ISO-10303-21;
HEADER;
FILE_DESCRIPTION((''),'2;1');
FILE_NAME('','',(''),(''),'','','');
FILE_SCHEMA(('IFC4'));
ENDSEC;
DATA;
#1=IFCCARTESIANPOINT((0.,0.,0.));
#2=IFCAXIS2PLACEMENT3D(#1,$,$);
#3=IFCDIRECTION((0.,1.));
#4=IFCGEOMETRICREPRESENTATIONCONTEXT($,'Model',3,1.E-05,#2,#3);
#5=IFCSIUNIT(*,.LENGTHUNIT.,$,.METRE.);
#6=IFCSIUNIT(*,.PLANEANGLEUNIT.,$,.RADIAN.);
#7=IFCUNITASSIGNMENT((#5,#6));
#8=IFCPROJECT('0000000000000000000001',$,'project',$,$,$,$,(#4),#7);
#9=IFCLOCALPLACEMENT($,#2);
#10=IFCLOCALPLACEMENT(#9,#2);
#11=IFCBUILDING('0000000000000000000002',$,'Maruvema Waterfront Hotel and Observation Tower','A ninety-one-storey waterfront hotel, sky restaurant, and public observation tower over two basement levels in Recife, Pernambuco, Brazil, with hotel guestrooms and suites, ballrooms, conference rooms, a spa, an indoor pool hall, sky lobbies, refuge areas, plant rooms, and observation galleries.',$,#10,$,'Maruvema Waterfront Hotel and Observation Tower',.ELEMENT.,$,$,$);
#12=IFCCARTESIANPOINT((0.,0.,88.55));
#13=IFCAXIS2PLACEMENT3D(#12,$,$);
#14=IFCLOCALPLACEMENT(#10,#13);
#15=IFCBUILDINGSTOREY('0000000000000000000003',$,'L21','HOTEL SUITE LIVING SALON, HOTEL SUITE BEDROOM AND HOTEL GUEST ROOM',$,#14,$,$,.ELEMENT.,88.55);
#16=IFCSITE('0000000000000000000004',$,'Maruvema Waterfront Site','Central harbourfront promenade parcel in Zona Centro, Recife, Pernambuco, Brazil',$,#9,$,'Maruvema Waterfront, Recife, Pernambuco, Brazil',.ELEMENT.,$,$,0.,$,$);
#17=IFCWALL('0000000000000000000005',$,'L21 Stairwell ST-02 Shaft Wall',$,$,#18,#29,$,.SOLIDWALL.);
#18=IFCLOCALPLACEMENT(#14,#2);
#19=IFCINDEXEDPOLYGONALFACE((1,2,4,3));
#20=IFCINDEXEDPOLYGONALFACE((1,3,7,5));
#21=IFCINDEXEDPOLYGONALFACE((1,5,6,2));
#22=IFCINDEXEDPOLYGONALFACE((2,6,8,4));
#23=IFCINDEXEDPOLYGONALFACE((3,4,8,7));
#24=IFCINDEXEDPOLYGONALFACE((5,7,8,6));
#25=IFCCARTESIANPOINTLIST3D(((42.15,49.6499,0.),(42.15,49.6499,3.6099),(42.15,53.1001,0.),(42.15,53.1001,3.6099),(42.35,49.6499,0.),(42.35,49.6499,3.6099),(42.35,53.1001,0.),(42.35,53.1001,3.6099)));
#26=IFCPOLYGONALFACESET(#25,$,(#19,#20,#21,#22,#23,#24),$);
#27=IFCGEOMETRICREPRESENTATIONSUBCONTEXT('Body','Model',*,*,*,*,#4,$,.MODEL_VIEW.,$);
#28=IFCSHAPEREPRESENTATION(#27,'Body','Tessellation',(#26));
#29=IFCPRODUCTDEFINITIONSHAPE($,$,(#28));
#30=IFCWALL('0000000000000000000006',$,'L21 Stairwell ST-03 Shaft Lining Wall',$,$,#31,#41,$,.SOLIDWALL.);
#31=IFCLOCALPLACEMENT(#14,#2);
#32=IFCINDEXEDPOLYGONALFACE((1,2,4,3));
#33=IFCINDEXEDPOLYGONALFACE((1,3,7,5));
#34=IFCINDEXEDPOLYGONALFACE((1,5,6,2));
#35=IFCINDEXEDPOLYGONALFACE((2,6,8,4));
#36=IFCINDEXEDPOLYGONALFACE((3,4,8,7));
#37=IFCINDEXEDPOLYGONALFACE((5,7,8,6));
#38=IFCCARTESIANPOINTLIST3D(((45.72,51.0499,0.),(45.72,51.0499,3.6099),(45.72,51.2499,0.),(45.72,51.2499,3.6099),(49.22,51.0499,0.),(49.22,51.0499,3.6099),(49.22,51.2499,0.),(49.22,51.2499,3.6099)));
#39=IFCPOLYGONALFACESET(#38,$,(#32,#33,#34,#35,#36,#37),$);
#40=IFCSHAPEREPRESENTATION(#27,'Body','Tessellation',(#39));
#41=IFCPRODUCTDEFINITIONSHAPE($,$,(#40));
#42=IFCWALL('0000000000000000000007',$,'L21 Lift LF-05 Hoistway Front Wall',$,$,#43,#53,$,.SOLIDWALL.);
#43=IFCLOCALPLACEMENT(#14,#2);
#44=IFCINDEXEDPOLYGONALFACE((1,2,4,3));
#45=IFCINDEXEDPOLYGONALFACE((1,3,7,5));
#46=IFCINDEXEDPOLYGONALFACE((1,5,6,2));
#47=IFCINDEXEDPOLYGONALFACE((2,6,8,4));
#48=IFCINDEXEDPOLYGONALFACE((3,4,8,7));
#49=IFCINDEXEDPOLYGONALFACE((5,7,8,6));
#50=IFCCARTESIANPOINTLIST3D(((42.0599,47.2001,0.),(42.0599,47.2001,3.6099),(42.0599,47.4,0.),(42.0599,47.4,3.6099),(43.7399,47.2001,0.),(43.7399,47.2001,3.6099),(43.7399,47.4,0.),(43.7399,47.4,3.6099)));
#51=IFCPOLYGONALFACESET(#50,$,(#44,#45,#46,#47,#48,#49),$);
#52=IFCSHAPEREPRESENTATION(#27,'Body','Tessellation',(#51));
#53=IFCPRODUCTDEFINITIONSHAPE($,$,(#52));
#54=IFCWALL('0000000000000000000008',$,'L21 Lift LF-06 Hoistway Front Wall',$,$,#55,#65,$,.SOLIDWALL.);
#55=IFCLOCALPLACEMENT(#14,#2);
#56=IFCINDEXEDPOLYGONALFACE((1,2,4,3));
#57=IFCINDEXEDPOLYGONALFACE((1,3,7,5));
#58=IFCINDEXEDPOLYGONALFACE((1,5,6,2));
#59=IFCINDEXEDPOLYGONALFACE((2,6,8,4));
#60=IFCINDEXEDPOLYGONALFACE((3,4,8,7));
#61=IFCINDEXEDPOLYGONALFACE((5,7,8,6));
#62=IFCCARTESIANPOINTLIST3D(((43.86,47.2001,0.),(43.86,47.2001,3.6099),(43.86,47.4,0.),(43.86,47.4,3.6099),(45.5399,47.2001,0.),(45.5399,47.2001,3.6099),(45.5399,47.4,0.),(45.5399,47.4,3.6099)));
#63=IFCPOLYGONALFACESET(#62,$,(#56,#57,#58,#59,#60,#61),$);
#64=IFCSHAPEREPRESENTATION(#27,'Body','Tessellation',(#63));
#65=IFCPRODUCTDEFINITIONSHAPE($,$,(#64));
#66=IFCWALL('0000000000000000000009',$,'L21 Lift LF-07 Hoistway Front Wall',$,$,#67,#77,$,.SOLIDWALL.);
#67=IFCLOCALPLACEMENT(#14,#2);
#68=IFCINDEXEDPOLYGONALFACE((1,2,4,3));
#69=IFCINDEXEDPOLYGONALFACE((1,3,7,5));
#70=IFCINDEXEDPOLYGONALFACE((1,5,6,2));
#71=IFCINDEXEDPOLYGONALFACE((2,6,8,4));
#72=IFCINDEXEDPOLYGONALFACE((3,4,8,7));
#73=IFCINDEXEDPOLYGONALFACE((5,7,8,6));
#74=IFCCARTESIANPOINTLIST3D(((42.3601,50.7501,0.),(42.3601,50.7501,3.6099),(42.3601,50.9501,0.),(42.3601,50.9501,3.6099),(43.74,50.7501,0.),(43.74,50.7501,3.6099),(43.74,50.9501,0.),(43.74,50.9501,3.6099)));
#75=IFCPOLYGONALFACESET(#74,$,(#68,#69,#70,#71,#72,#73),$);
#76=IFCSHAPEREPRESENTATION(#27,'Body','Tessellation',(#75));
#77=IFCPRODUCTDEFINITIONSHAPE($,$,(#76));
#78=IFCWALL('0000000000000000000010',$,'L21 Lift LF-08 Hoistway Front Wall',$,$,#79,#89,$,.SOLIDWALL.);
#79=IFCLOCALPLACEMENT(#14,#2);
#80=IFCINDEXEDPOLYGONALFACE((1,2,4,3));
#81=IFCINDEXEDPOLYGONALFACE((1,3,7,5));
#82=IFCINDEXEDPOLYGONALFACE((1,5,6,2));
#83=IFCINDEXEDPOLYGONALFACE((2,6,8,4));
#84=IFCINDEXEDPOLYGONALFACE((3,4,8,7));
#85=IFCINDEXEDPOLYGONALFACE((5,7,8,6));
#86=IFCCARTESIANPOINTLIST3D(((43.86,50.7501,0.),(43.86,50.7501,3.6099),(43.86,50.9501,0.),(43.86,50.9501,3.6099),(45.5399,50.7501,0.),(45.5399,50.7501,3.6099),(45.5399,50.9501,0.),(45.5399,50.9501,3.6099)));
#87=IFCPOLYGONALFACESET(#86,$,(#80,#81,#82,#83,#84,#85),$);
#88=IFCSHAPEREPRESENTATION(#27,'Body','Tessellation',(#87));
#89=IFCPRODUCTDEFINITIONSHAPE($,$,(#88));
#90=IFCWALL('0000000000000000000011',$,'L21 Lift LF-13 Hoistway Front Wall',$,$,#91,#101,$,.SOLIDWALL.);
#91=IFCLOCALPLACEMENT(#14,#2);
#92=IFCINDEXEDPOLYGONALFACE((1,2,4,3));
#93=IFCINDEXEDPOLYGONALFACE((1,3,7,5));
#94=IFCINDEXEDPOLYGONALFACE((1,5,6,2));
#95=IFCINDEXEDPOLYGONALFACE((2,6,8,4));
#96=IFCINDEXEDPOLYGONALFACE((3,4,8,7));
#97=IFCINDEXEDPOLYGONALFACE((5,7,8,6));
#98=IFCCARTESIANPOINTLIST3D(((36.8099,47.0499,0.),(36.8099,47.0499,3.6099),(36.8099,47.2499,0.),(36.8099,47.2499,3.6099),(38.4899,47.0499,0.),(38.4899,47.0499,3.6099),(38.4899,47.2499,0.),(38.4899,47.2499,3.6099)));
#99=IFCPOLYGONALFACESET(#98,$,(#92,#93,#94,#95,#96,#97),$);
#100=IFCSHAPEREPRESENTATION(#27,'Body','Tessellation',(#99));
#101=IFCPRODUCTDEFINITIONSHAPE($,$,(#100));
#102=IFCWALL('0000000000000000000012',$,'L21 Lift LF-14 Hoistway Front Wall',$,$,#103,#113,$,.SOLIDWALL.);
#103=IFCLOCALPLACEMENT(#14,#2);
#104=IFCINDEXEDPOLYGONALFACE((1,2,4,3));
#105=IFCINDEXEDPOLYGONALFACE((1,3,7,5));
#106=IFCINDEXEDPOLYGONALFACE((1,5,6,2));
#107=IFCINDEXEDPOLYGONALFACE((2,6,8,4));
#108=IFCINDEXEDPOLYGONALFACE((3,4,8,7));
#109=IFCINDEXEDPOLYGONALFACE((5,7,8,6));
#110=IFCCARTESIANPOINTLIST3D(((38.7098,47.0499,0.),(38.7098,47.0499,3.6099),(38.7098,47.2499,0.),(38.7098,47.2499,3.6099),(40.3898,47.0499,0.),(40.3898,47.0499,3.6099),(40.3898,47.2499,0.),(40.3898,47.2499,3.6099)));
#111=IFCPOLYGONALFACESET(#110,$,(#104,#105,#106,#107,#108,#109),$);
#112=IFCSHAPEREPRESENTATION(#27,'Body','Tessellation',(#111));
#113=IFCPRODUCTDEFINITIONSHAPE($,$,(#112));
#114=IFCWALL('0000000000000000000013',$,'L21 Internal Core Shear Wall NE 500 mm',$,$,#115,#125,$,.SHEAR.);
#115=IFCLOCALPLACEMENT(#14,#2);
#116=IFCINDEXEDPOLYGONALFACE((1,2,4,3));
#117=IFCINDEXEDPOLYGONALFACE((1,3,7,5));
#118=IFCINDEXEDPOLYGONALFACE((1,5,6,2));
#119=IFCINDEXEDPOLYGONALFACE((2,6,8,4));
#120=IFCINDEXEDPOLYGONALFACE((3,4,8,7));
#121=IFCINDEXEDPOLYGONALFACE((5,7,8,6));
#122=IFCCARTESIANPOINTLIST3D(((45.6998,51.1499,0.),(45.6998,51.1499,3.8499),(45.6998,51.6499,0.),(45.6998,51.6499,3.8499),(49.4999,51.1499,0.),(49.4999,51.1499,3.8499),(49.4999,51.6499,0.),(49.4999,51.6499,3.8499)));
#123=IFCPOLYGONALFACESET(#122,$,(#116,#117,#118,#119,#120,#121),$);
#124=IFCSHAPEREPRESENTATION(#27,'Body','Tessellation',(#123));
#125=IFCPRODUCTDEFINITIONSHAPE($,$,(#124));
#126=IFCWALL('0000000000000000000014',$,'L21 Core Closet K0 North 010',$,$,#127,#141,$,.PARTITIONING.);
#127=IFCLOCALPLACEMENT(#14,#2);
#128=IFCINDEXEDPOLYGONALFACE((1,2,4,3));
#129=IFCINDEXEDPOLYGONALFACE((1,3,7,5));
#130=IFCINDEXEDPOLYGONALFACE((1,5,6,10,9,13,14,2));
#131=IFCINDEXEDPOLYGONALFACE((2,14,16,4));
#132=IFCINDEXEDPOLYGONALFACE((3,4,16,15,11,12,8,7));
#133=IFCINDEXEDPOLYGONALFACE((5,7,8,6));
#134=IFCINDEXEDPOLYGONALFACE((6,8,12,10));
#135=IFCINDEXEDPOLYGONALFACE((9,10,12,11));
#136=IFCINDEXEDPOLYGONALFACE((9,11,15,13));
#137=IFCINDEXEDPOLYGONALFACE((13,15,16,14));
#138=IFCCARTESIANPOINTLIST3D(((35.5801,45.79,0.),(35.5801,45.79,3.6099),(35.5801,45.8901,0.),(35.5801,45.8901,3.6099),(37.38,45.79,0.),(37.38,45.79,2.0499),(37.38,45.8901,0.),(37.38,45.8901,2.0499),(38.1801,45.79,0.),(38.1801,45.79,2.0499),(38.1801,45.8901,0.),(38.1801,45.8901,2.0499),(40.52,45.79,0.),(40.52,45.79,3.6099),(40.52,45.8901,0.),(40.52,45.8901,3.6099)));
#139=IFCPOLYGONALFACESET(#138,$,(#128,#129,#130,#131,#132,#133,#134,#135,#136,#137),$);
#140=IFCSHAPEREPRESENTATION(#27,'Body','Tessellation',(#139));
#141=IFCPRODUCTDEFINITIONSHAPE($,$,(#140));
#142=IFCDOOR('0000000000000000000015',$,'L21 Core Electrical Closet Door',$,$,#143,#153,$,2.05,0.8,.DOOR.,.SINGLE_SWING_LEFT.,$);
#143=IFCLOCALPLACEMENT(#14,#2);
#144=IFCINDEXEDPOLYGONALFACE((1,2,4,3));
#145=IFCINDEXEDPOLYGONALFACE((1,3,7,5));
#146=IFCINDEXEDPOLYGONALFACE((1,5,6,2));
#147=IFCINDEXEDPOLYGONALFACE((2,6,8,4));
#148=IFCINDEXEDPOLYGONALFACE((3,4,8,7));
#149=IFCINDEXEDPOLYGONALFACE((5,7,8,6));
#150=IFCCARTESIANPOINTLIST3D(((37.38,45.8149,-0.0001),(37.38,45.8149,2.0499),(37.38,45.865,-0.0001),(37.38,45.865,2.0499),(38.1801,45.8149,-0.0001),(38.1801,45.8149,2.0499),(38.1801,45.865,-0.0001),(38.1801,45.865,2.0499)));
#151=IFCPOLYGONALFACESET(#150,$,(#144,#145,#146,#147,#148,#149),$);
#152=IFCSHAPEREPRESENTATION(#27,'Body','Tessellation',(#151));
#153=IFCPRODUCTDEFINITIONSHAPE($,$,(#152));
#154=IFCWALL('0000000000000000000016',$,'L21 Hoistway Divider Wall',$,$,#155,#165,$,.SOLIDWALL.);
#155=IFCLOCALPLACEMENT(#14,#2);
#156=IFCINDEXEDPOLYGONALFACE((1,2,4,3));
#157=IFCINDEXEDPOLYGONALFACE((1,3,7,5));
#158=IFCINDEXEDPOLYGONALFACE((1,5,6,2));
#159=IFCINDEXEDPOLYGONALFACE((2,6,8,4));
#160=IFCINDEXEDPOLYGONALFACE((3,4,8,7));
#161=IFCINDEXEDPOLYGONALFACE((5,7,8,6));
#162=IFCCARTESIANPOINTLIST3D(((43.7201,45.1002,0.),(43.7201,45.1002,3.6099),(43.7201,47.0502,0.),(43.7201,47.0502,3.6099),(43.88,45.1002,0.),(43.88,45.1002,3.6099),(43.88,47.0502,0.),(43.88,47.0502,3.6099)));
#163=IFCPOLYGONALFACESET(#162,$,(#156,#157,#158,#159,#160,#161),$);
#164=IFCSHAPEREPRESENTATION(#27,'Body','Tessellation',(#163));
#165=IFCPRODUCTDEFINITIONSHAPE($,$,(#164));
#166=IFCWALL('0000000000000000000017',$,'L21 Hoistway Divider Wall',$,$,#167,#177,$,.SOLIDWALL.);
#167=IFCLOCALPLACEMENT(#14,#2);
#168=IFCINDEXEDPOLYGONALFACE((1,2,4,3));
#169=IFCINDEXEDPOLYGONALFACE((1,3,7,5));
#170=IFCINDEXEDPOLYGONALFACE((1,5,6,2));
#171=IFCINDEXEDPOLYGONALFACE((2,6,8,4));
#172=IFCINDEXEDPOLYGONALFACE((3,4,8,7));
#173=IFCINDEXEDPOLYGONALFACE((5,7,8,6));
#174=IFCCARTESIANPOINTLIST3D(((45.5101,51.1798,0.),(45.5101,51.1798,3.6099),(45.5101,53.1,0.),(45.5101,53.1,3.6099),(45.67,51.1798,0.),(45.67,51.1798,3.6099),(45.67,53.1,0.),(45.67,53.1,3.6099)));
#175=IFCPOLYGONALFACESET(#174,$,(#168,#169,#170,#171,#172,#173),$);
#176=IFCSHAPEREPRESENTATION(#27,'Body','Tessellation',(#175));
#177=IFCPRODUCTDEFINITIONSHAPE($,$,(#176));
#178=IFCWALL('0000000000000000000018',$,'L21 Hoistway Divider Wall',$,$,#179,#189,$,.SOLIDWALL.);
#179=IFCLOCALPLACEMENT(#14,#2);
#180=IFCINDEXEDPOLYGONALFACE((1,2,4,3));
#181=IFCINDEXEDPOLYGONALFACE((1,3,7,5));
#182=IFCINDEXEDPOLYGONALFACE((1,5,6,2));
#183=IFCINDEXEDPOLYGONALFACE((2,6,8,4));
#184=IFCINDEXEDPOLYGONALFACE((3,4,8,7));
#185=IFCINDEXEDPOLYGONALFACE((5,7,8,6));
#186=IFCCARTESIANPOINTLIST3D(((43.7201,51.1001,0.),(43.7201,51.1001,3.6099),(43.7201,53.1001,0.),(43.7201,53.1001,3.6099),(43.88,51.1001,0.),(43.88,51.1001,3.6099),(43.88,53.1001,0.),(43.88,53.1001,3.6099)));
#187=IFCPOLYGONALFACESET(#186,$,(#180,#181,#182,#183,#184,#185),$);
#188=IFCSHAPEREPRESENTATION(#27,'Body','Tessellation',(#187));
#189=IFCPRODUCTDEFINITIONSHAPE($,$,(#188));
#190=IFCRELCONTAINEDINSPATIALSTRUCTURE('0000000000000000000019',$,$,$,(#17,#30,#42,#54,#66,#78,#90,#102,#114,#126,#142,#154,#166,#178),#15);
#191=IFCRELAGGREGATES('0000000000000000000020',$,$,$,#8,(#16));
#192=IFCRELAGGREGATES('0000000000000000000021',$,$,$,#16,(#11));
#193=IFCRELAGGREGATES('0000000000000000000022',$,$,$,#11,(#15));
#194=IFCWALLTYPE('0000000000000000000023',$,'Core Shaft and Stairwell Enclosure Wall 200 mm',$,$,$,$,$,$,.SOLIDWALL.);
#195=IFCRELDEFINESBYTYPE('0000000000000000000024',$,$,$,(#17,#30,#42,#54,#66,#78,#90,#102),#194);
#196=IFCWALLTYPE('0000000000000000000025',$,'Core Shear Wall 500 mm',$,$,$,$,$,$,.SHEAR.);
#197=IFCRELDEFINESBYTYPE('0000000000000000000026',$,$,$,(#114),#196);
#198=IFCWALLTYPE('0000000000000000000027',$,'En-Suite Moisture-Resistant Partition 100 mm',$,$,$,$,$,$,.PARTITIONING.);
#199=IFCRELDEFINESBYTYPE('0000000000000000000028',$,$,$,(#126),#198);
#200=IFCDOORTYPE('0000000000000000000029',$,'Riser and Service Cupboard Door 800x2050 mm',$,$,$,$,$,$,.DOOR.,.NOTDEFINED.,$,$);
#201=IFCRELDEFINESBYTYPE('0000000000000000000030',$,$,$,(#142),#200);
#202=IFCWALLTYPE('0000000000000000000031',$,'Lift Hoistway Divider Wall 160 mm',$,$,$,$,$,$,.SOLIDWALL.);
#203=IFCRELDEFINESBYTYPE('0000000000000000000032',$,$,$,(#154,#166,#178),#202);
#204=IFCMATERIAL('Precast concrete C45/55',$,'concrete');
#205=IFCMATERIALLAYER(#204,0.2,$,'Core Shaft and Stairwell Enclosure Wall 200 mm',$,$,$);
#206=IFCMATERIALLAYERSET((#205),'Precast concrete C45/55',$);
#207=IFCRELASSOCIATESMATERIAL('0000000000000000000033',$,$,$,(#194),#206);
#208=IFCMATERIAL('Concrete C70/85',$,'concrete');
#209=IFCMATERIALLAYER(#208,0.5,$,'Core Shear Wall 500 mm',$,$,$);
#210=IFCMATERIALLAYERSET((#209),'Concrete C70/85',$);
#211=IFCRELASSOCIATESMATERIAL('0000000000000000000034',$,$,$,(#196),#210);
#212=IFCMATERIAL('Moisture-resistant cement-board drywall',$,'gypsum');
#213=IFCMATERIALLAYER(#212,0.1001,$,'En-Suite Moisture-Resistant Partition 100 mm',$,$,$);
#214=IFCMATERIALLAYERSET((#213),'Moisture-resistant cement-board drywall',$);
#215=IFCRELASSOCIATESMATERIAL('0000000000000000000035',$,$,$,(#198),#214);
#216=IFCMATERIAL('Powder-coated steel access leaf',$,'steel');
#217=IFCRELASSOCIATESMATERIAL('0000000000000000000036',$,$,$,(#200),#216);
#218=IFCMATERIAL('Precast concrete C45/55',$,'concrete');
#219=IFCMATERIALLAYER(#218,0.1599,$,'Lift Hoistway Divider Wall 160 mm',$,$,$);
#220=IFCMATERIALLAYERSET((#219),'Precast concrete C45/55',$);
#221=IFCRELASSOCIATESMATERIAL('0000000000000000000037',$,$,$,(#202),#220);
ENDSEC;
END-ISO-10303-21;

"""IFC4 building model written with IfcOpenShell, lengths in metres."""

from ifc_helpers import new_model, si_unit, direction, frame, frame_2d, origin, place, context, subcontext, project, spatial, rectangle, extrude, material, layer, layer_set, type_object, element, fill, save


model = new_model("IFC4")

# Units and contexts
model_context = context("Model", 3, precision=1e-05, world=origin(), true_north=direction((0.0, 1.0)))
body_context = subcontext(model_context, "Body", "Model", "MODEL_VIEW")
ifc_project = project(units=[si_unit("LENGTHUNIT", "METRE"), si_unit("PLANEANGLEUNIT", "RADIAN")], contexts=[model_context])

# Site, building, storey
site_placement = place(None, origin())
site = spatial("IfcSite", under=ifc_project, at=site_placement, Name="Maruvema Waterfront Site", Description="Central harbourfront promenade parcel in Zona Centro, Recife, Pernambuco, Brazil", LongName="Maruvema Waterfront, Recife, Pernambuco, Brazil", CompositionType="ELEMENT", RefElevation=0.0)
building_placement = place(site_placement, origin())
building = spatial("IfcBuilding", under=site, at=building_placement, Name="Maruvema Waterfront Hotel and Observation Tower", Description="A ninety-one-storey waterfront hotel, sky restaurant, and public observation tower over two basement levels in Recife, Pernambuco, Brazil, with hotel guestrooms and suites, ballrooms, conference rooms, a spa, an indoor pool hall, sky lobbies, refuge areas, plant rooms, and observation galleries.", LongName="Maruvema Waterfront Hotel and Observation Tower", CompositionType="ELEMENT")
storey_placement = place(building_placement, frame((0.0, 0.0, 88.55)))
storey = spatial("IfcBuildingStorey", under=building, at=storey_placement, Name="L21", Description="HOTEL SUITE LIVING SALON, HOTEL SUITE BEDROOM AND HOTEL GUEST ROOM", CompositionType="ELEMENT", Elevation=88.55)

# Walls
ifc_material_1 = material(Name="Precast concrete C45/55", Category="concrete")
ifc_layer_1 = layer(ifc_material_1, 0.2, Name="Core Shaft and Stairwell Enclosure Wall 200 mm")
ifc_layer_set_1 = layer_set([ifc_layer_1], Name="Precast concrete C45/55")
wall_type_1 = type_object("IfcWallType", Name="Core Shaft and Stairwell Enclosure Wall 200 mm", PredefinedType="SOLIDWALL", material=ifc_layer_set_1)
wall_1_placement = place(storey_placement, frame((42.25, 49.6499, 0.0), z_axis=(0.0, 0.0, 1.0), x_axis=(0.0, 1.0, 0.0)))
element("IfcWall", 1, at=wall_1_placement, inside=storey, type_object=wall_type_1, Name="L21 Stairwell ST-02 Shaft Wall", PredefinedType="SOLIDWALL", context=body_context, shape_type="SweptSolid", body=[
    extrude(rectangle(XDim=3.4502, YDim=0.2, at=frame_2d((1.7251, 0.0))), origin(), (0.0, 0.0, 1.0), 3.6099),
])
wall_2_placement = place(storey_placement, frame((45.72, 51.1499, 0.0), z_axis=(0.0, 0.0, 1.0), x_axis=(1.0, 0.0, 0.0)))
element("IfcWall", 2, at=wall_2_placement, inside=storey, type_object=wall_type_1, Name="L21 Stairwell ST-03 Shaft Lining Wall", PredefinedType="SOLIDWALL", context=body_context, shape_type="SweptSolid", body=[
    extrude(rectangle(XDim=3.5, YDim=0.2, at=frame_2d((1.75, 0.0))), origin(), (0.0, 0.0, 1.0), 3.6099),
])
for number, where, z_axis, x_axis, name in (
    (3, (42.0601, 47.3, 0.0), (0.0, 0.0, 1.0), (1.0, 0.0, 0.0), "L21 Lift LF-05 Hoistway Front Wall"),
    (4, (43.8601, 47.3, 0.0), (0.0, 0.0, 1.0), (1.0, 0.0, 0.0), "L21 Lift LF-06 Hoistway Front Wall"),
):
    element("IfcWall", number, at=place(storey_placement, frame(where, z_axis=z_axis, x_axis=x_axis)), inside=storey, type_object=wall_type_1, Name=name, PredefinedType="SOLIDWALL", context=body_context, shape_type="SweptSolid", body=[
        extrude(rectangle(XDim=1.6799, YDim=0.2, at=frame_2d((0.8398, 0.0))), origin(), (0.0, 0.0, 1.0), 3.6099),
    ])
wall_3_placement = place(storey_placement, frame((42.3601, 50.8501, 0.0), z_axis=(0.0, 0.0, 1.0), x_axis=(1.0, 0.0, 0.0)))
element("IfcWall", 5, at=wall_3_placement, inside=storey, type_object=wall_type_1, Name="L21 Lift LF-07 Hoistway Front Wall", PredefinedType="SOLIDWALL", context=body_context, shape_type="SweptSolid", body=[
    extrude(rectangle(XDim=1.3799, YDim=0.2, at=frame_2d((0.6899, 0.0))), origin(), (0.0, 0.0, 1.0), 3.6099),
])
for number, where, z_axis, x_axis, name in (
    (6, (43.8601, 50.8501, 0.0), (0.0, 0.0, 1.0), (1.0, 0.0, 0.0), "L21 Lift LF-08 Hoistway Front Wall"),
    (7, (36.8101, 47.1499, 0.0), (0.0, 0.0, 1.0), (1.0, 0.0, 0.0), "L21 Lift LF-13 Hoistway Front Wall"),
    (8, (38.71, 47.1499, 0.0), (0.0, 0.0, 1.0), (1.0, 0.0, 0.0), "L21 Lift LF-14 Hoistway Front Wall"),
):
    element("IfcWall", number, at=place(storey_placement, frame(where, z_axis=z_axis, x_axis=x_axis)), inside=storey, type_object=wall_type_1, Name=name, PredefinedType="SOLIDWALL", context=body_context, shape_type="SweptSolid", body=[
        extrude(rectangle(XDim=1.6799, YDim=0.2, at=frame_2d((0.8398, 0.0))), origin(), (0.0, 0.0, 1.0), 3.6099),
    ])
ifc_material_2 = material(Name="Concrete C70/85", Category="concrete")
ifc_layer_2 = layer(ifc_material_2, 0.5, Name="Core Shear Wall 500 mm")
ifc_layer_set_2 = layer_set([ifc_layer_2], Name="Concrete C70/85")
wall_type_2 = type_object("IfcWallType", Name="Core Shear Wall 500 mm", PredefinedType="SHEAR", material=ifc_layer_set_2)
wall_4_placement = place(storey_placement, frame((45.7, 51.3999, 0.0), z_axis=(0.0, 0.0, 1.0), x_axis=(1.0, 0.0, 0.0)))
element("IfcWall", 9, at=wall_4_placement, inside=storey, type_object=wall_type_2, Name="L21 Internal Core Shear Wall NE 500 mm", PredefinedType="SHEAR", context=body_context, shape_type="SweptSolid", body=[
    extrude(rectangle(XDim=3.8, YDim=0.5, at=frame_2d((1.8999, 0.0))), origin(), (0.0, 0.0, 1.0), 3.8499),
])

# Wall, opening, door
ifc_material_3 = material(Name="Moisture-resistant cement-board drywall", Category="gypsum")
ifc_layer_3 = layer(ifc_material_3, 0.1001, Name="En-Suite Moisture-Resistant Partition 100 mm")
ifc_layer_set_3 = layer_set([ifc_layer_3], Name="Moisture-resistant cement-board drywall")
wall_type_3 = type_object("IfcWallType", Name="En-Suite Moisture-Resistant Partition 100 mm", PredefinedType="PARTITIONING", material=ifc_layer_set_3)
wall_5_placement = place(storey_placement, frame((35.5801, 45.8401, 0.0), z_axis=(0.0, 0.0, 1.0), x_axis=(1.0, 0.0, 0.0)))
wall_5 = element("IfcWall", 10, at=wall_5_placement, inside=storey, type_object=wall_type_3, Name="L21 Core Closet K0 North 010", PredefinedType="PARTITIONING", context=body_context, shape_type="SweptSolid", body=[
    extrude(rectangle(XDim=4.9399, YDim=0.1001, at=frame_2d((2.47, 0.0))), origin(), (0.0, 0.0, 1.0), 3.6099),
])
opening_placement = place(wall_5_placement, frame((1.8, 0.0, 0.0)))
opening = element("IfcOpeningElement", 11, at=opening_placement, cuts=wall_5, PredefinedType="OPENING", context=body_context, shape_type="SweptSolid", body=[
    extrude(rectangle(XDim=0.8, YDim=2.05, at=frame_2d((0.3999, 1.0249))), frame((0.0, 0.0601, 0.0), z_axis=(0.0, -1.0, 0.0), x_axis=(1.0, 0.0, 0.0)), (0.0, 0.0, 1.0), 0.1201),
])
ifc_material_4 = material(Name="Powder-coated steel access leaf", Category="steel")
door_type = type_object("IfcDoorType", Name="Riser and Service Cupboard Door 800x2050 mm", OperationType="NOTDEFINED", PredefinedType="DOOR", material=ifc_material_4)
door_placement = place(opening_placement, origin())
door = element("IfcDoor", 12, at=door_placement, inside=storey, type_object=door_type, Name="L21 Core Electrical Closet Door", OperationType="SINGLE_SWING_LEFT", OverallHeight=2.05, OverallWidth=0.8, PredefinedType="DOOR", context=body_context, shape_type="SweptSolid", body=[
    extrude(rectangle(XDim=0.8, YDim=2.05, at=frame_2d((0.3999, 1.0249))), frame((0.0, 0.0249, 0.0), z_axis=(0.0, -1.0, 0.0), x_axis=(1.0, 0.0, 0.0)), (0.0, 0.0, 1.0), 0.05),
])
fill(opening, door)

# Walls
ifc_material_5 = material(Name="Precast concrete C45/55", Category="concrete")
ifc_layer_4 = layer(ifc_material_5, 0.1599, Name="Lift Hoistway Divider Wall 160 mm")
ifc_layer_set_4 = layer_set([ifc_layer_4], Name="Precast concrete C45/55")
wall_type_4 = type_object("IfcWallType", Name="Lift Hoistway Divider Wall 160 mm", PredefinedType="SOLIDWALL", material=ifc_layer_set_4)
wall_6_placement = place(storey_placement, frame((43.8, 45.1001, 0.0), z_axis=(0.0, 0.0, 1.0), x_axis=(0.0, 1.0, 0.0)))
element("IfcWall", 13, at=wall_6_placement, inside=storey, type_object=wall_type_4, Name="L21 Hoistway Divider Wall", PredefinedType="SOLIDWALL", context=body_context, shape_type="SweptSolid", body=[
    extrude(rectangle(XDim=1.95, YDim=0.1599, at=frame_2d((0.9751, 0.0))), origin(), (0.0, 0.0, 1.0), 3.6099),
])
wall_7_placement = place(storey_placement, frame((45.5901, 51.1799, 0.0), z_axis=(0.0, 0.0, 1.0), x_axis=(0.0, 1.0, 0.0)))
element("IfcWall", 14, at=wall_7_placement, inside=storey, type_object=wall_type_4, Name="L21 Hoistway Divider Wall", PredefinedType="SOLIDWALL", context=body_context, shape_type="SweptSolid", body=[
    extrude(rectangle(XDim=1.9202, YDim=0.1599, at=frame_2d((0.96, 0.0))), origin(), (0.0, 0.0, 1.0), 3.6099),
])
wall_8_placement = place(storey_placement, frame((43.8, 51.1001, 0.0), z_axis=(0.0, 0.0, 1.0), x_axis=(0.0, 1.0, 0.0)))
element("IfcWall", 15, at=wall_8_placement, inside=storey, type_object=wall_type_4, Name="L21 Hoistway Divider Wall", PredefinedType="SOLIDWALL", context=body_context, shape_type="SweptSolid", body=[
    extrude(rectangle(XDim=2.0, YDim=0.1599, at=frame_2d((1.0, 0.0))), origin(), (0.0, 0.0, 1.0), 3.6099),
])

save(model, "model.ifc")
